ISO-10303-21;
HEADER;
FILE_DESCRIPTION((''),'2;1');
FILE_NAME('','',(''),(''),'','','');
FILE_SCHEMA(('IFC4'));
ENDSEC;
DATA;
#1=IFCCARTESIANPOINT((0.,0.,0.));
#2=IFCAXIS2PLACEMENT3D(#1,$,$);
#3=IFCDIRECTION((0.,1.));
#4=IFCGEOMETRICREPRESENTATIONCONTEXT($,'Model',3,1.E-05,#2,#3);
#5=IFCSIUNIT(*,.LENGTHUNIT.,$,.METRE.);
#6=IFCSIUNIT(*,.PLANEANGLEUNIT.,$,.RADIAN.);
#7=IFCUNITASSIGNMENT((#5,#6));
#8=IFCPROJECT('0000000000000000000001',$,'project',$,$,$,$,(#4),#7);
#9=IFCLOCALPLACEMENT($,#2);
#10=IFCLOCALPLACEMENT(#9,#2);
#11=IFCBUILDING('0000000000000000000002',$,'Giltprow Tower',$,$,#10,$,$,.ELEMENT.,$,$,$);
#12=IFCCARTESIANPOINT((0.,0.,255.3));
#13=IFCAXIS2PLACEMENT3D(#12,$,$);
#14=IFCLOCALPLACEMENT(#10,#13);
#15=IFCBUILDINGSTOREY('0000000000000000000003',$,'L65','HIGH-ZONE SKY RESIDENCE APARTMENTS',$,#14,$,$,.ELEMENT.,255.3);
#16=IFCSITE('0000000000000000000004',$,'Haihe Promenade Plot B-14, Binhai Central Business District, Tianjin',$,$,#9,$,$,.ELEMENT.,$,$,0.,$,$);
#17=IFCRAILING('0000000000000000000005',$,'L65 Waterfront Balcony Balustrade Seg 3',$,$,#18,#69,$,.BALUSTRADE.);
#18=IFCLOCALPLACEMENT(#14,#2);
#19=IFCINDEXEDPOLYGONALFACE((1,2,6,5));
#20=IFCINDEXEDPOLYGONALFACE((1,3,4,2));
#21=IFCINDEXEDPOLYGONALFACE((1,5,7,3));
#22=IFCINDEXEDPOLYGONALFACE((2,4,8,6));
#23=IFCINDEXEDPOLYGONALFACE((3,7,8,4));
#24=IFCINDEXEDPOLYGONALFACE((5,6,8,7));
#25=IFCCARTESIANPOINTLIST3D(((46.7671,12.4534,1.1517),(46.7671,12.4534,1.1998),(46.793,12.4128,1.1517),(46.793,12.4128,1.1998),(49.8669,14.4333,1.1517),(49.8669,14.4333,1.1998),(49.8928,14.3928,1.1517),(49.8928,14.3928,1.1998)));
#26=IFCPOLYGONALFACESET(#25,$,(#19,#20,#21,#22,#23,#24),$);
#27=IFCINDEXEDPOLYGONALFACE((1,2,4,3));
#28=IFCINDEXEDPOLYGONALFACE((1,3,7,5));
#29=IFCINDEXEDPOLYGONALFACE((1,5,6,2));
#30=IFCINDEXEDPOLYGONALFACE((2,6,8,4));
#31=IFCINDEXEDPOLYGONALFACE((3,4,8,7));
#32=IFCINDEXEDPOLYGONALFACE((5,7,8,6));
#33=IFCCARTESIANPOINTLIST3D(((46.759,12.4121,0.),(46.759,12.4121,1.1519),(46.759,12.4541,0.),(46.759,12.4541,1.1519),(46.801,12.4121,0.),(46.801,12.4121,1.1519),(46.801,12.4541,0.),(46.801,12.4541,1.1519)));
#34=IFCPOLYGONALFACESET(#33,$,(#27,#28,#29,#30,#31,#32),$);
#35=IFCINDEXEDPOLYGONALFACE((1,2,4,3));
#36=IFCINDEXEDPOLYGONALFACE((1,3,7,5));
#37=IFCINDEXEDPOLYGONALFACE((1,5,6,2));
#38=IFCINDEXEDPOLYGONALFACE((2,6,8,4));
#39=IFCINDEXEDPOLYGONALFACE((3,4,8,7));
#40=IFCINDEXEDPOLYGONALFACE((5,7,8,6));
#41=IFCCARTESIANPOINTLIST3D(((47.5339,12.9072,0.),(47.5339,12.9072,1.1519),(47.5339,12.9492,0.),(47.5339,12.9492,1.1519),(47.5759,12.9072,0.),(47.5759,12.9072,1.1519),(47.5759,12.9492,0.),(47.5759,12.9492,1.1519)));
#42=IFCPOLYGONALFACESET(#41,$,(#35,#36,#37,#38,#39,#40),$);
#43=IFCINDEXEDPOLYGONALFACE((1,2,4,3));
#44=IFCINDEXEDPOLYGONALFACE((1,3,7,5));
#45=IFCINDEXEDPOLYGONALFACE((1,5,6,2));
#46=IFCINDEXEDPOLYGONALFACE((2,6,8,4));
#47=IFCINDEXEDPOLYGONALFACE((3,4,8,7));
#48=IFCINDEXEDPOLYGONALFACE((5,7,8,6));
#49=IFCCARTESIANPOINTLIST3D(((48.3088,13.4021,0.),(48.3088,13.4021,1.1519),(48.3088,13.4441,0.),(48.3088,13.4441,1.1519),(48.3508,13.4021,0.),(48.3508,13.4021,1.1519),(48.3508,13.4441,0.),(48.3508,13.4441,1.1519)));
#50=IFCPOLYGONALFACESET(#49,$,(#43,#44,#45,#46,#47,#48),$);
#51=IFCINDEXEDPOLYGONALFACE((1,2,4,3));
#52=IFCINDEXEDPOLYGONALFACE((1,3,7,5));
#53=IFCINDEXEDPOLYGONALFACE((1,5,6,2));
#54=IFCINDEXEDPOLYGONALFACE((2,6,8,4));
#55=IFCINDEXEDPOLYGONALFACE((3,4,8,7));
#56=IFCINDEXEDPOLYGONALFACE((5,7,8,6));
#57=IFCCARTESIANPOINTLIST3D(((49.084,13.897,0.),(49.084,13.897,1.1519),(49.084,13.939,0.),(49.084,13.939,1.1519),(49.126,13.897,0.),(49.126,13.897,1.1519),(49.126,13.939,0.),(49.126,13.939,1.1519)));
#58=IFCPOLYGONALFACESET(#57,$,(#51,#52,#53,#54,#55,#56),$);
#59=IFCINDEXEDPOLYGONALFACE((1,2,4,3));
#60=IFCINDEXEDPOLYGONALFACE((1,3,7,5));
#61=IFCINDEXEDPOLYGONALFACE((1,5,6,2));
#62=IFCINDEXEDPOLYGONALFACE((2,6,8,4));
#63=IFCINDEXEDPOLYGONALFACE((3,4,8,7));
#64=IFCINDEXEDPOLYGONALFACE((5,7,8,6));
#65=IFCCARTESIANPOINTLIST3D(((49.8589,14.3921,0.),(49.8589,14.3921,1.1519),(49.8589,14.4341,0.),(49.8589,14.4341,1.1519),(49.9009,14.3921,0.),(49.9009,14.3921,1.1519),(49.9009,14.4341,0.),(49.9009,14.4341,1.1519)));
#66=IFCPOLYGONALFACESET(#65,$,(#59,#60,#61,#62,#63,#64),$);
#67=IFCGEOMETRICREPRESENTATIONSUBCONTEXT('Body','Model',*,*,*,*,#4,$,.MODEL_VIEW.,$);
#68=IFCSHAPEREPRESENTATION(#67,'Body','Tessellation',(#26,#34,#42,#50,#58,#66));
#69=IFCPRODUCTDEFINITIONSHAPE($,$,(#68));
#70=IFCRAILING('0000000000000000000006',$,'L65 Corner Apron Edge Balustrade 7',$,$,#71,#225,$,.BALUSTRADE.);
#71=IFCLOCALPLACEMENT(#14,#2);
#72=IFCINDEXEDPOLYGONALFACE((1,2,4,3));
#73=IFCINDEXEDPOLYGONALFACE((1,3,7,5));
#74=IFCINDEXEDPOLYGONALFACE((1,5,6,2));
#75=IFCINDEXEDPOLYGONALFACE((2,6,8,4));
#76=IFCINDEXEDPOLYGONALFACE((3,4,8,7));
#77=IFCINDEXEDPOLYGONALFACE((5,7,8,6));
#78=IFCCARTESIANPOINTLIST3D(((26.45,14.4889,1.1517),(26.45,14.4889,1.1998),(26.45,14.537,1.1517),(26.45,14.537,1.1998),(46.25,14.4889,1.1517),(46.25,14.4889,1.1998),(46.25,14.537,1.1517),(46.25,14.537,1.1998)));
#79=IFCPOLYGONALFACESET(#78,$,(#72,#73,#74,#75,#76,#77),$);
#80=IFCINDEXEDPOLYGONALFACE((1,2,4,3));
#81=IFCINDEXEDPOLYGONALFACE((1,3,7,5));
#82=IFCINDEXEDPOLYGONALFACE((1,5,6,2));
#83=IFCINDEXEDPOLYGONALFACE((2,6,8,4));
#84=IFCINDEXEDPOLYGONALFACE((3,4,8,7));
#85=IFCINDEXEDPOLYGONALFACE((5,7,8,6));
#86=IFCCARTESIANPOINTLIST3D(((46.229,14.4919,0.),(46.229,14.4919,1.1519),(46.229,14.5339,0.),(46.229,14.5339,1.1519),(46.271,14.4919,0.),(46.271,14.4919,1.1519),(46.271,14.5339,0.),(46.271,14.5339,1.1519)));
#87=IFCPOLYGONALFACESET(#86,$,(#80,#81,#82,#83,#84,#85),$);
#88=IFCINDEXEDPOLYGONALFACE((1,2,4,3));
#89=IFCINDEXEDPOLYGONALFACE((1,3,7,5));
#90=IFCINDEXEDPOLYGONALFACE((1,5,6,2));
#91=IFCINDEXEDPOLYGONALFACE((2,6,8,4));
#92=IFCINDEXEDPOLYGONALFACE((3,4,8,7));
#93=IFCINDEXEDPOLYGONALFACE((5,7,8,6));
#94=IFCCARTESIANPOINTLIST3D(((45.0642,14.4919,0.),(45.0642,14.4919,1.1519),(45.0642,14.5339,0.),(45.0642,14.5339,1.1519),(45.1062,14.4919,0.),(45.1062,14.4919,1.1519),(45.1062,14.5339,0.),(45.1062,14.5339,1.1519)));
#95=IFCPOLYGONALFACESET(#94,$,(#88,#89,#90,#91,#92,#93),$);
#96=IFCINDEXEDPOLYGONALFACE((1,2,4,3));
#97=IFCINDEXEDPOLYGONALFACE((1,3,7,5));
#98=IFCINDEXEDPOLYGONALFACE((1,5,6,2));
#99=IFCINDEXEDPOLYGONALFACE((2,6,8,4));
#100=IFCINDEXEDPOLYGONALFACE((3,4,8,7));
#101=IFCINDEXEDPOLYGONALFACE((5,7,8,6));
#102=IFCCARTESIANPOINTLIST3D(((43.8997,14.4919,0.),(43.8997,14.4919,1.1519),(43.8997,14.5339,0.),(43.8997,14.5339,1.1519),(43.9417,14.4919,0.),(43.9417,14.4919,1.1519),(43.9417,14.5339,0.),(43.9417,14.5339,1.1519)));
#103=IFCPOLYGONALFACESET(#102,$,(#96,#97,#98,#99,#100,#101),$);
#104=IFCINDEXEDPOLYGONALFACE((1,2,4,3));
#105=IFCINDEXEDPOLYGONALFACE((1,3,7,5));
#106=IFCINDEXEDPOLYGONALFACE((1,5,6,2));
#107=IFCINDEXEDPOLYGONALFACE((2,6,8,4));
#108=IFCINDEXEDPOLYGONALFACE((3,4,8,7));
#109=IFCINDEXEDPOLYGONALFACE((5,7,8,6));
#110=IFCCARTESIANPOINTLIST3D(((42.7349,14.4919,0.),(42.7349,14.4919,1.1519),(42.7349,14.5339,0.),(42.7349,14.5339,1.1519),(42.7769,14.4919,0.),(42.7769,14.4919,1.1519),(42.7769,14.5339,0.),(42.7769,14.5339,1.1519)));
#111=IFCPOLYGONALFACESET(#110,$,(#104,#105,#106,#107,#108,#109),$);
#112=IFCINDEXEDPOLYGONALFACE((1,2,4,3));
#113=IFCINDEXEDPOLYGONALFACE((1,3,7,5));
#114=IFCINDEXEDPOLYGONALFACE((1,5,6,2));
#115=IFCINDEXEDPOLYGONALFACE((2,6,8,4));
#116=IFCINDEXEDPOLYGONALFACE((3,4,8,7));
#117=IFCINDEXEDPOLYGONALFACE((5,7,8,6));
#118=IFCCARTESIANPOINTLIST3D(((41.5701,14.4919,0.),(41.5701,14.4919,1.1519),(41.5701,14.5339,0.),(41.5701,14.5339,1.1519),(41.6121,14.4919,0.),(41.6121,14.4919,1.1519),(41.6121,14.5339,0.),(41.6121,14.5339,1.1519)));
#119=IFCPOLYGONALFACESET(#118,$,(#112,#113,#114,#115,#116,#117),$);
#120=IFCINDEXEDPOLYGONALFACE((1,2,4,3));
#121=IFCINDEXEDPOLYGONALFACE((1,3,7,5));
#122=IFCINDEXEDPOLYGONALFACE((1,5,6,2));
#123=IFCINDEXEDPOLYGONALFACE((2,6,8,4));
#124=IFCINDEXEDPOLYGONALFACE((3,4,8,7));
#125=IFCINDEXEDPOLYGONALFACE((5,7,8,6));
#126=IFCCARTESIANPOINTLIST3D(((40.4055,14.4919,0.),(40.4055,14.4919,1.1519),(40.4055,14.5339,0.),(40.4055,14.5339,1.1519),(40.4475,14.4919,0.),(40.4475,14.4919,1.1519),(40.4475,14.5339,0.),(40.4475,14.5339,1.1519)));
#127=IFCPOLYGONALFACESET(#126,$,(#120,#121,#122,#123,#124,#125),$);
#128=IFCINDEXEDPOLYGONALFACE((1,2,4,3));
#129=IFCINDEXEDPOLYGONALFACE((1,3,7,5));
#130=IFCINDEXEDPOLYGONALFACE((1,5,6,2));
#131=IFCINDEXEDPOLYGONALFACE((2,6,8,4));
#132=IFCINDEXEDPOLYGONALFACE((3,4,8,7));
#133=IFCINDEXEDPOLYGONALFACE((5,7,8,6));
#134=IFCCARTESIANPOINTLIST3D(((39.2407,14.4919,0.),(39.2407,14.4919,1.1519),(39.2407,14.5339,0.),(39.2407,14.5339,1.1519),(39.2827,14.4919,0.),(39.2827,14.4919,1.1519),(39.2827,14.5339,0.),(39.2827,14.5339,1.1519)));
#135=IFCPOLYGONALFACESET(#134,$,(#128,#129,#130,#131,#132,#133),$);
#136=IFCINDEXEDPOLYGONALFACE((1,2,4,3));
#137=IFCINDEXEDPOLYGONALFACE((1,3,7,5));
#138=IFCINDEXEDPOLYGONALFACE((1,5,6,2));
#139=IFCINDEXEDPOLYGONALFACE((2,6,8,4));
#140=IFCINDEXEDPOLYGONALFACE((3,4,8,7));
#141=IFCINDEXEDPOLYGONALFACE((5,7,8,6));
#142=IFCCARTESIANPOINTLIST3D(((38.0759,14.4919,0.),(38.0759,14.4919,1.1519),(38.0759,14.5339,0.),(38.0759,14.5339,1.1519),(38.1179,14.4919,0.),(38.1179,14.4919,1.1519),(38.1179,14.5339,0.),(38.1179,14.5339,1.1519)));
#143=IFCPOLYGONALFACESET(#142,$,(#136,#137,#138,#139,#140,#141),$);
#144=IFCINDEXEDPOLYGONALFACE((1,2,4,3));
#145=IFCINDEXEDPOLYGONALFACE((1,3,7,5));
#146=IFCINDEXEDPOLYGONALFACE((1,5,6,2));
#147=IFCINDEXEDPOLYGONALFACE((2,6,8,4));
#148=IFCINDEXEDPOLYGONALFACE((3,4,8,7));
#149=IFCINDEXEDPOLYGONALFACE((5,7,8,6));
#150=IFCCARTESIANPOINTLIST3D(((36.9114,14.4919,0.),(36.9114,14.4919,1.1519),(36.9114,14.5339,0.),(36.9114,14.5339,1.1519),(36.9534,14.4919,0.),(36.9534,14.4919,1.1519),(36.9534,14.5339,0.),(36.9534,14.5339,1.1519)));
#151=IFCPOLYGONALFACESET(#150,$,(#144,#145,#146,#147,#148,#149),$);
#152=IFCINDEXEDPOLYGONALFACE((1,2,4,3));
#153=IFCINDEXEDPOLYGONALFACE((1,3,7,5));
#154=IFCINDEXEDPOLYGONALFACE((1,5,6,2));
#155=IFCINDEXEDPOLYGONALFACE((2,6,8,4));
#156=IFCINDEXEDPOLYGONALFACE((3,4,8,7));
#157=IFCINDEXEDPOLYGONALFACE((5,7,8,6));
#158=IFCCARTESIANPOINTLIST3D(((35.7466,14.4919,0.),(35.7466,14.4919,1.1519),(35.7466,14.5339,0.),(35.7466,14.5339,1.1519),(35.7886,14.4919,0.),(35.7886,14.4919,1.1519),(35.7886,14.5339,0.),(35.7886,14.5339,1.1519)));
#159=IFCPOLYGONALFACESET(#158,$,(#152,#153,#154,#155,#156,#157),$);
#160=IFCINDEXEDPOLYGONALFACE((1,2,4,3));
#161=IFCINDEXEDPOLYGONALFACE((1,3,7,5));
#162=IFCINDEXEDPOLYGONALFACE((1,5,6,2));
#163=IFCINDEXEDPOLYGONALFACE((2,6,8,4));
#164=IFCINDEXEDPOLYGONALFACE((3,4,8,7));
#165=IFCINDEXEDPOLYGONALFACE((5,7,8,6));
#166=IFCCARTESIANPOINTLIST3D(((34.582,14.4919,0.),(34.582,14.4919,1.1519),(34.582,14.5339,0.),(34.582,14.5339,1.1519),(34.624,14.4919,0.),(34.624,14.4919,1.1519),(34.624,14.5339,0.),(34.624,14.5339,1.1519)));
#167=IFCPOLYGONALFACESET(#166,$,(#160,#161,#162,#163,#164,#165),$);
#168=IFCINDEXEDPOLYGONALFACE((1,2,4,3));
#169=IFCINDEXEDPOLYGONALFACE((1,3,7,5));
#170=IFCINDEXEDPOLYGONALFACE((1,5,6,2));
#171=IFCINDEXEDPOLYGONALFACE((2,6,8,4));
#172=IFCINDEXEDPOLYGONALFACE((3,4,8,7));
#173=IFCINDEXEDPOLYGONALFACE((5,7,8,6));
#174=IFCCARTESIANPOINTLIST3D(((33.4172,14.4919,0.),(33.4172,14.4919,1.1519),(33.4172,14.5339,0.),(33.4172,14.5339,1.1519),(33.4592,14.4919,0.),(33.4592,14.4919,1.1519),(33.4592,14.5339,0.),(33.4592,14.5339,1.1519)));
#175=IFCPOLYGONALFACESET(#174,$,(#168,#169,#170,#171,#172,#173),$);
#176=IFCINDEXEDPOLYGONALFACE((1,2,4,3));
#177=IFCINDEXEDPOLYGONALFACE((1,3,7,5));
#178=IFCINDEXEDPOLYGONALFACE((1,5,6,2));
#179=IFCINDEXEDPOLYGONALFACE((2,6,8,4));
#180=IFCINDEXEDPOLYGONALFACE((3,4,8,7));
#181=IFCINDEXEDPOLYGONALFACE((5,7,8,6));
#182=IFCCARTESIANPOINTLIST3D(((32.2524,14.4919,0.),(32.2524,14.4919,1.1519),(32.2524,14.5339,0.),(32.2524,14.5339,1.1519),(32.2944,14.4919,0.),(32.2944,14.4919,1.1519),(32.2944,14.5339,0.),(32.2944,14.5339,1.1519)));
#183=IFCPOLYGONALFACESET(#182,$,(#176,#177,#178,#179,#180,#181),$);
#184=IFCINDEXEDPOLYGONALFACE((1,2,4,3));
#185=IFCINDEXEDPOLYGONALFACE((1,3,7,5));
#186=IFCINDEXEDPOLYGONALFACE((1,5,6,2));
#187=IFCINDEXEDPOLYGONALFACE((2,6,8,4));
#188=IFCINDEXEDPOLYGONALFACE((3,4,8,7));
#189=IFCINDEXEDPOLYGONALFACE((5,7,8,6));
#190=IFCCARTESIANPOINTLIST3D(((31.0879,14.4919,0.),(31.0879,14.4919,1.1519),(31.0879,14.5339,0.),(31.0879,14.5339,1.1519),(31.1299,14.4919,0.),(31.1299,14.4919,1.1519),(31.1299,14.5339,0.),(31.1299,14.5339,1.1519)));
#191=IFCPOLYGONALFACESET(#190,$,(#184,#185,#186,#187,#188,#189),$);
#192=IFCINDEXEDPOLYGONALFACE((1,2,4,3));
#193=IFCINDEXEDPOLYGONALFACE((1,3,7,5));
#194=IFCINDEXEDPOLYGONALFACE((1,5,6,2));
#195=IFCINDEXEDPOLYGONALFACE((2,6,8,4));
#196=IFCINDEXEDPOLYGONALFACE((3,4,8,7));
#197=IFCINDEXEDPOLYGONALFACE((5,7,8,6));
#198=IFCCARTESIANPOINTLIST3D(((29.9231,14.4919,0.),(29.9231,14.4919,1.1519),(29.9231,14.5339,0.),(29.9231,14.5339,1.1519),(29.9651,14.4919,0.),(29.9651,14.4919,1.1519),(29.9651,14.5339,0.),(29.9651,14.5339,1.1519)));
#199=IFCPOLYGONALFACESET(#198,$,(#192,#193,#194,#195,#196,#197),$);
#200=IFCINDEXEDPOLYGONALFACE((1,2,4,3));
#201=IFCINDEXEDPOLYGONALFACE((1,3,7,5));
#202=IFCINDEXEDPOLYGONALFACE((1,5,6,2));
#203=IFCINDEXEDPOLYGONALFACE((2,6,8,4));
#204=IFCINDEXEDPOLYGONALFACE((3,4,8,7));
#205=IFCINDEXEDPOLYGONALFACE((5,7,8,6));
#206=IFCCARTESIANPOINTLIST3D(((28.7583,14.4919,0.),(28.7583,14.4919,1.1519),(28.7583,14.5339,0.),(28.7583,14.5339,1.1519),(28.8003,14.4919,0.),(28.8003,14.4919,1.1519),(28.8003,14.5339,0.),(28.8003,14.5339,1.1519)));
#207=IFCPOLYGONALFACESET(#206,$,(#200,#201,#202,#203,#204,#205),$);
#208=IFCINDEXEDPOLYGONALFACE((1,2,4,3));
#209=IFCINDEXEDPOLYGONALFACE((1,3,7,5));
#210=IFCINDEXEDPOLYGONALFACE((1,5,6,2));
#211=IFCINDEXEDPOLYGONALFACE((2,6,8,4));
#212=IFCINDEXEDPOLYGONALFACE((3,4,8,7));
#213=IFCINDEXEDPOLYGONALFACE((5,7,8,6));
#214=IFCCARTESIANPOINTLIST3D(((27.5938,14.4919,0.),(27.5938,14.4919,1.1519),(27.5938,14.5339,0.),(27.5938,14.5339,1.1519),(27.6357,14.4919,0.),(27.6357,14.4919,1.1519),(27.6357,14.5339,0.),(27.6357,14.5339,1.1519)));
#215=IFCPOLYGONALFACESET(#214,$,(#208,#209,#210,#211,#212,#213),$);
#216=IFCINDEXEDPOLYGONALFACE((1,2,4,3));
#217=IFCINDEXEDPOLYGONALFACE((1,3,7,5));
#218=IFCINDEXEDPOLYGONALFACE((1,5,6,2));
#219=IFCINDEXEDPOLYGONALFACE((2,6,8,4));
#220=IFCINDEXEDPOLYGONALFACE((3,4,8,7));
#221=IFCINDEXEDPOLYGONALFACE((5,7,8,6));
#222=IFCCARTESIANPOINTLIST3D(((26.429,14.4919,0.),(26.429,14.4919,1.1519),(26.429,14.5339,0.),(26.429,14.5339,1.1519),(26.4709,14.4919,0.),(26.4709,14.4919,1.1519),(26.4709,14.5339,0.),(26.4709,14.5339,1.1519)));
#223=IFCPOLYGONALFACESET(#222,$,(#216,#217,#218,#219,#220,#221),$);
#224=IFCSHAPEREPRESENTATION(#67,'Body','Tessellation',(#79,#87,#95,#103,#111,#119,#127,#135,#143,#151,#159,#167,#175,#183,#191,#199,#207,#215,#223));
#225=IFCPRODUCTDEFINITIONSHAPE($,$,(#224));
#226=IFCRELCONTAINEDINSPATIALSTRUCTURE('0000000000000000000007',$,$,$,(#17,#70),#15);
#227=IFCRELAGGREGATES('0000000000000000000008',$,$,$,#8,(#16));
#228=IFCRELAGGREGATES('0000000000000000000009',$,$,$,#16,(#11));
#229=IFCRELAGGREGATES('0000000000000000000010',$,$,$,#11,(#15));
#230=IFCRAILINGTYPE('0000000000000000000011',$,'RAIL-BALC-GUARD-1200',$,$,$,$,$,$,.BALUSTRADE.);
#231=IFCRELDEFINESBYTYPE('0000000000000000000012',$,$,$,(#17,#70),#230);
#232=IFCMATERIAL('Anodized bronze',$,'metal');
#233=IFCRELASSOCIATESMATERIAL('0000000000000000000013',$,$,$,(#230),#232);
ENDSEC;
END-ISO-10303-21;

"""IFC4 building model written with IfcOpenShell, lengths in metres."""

from ifc_helpers import new_model, si_unit, direction, frame, origin, origin_2d, place, context, subcontext, project, spatial, rectangle, extrude, material, type_object, element, save


model = new_model("IFC4")

# Units and contexts
model_context = context("Model", 3, precision=1e-05, world=origin(), true_north=direction((0.0, 1.0)))
body_context = subcontext(model_context, "Body", "Model", "MODEL_VIEW")
ifc_project = project(units=[si_unit("LENGTHUNIT", "METRE"), si_unit("PLANEANGLEUNIT", "RADIAN")], contexts=[model_context])

# Site, building, storey
site_placement = place(None, origin())
site = spatial("IfcSite", under=ifc_project, at=site_placement, Name="Haihe Promenade Plot B-14, Binhai Central Business District, Tianjin", CompositionType="ELEMENT", RefElevation=0.0)
building_placement = place(site_placement, origin())
building = spatial("IfcBuilding", under=site, at=building_placement, Name="Giltprow Tower", CompositionType="ELEMENT")
storey_placement = place(building_placement, frame((0.0, 0.0, 255.3)))
storey = spatial("IfcBuildingStorey", under=building, at=storey_placement, Name="L65", Description="HIGH-ZONE SKY RESIDENCE APARTMENTS", CompositionType="ELEMENT", Elevation=255.3)

# Shared definitions
ifc_material_1 = material(Name="Anodized bronze", Category="metal")

# Railings
railing_type = type_object("IfcRailingType", Name="RAIL-BALC-GUARD-1200", PredefinedType="BALUSTRADE", material=ifc_material_1)
railing_1_placement = place(storey_placement, frame((46.78, 12.4331, 0.0)))
element("IfcRailing", 1, at=railing_1_placement, inside=storey, type_object=railing_type, Name="L65 Waterfront Balcony Balustrade Seg 3", PredefinedType="BALUSTRADE", context=body_context, shape_type="SweptSolid", body=[
    extrude(rectangle(XDim=0.0481, YDim=0.0481, at=origin_2d()), frame((0.0, 0.0, 1.1758), z_axis=(0.842756, 0.538296, 0.0), x_axis=(-0.538296, 0.842756, 0.0)), (0.0, 0.0, 1.0), 3.6782),
    extrude(rectangle(XDim=0.042, YDim=0.042, at=origin_2d()), origin(), (0.0, 0.0, 1.0), 1.1519),
    extrude(rectangle(XDim=0.042, YDim=0.042, at=origin_2d()), frame((0.7749, 0.4951, 0.0)), (0.0, 0.0, 1.0), 1.1519),
    extrude(rectangle(XDim=0.042, YDim=0.042, at=origin_2d()), frame((1.5498, 0.99, 0.0)), (0.0, 0.0, 1.0), 1.1519),
    extrude(rectangle(XDim=0.042, YDim=0.042, at=origin_2d()), frame((2.325, 1.4849, 0.0)), (0.0, 0.0, 1.0), 1.1519),
    extrude(rectangle(XDim=0.042, YDim=0.042, at=origin_2d()), frame((3.0999, 1.98, 0.0)), (0.0, 0.0, 1.0), 1.1519),
])
railing_2_placement = place(storey_placement, frame((46.25, 14.5129, 0.0)))
element("IfcRailing", 2, at=railing_2_placement, inside=storey, type_object=railing_type, Name="L65 Corner Apron Edge Balustrade 7", PredefinedType="BALUSTRADE", context=body_context, shape_type="SweptSolid", body=[
    extrude(rectangle(XDim=0.0481, YDim=0.0481, at=origin_2d()), frame((0.0, 0.0, 1.1758), z_axis=(-1.0, 0.0, 0.0), x_axis=(0.0, -1.0, 0.0)), (0.0, 0.0, 1.0), 19.8),
    extrude(rectangle(XDim=0.042, YDim=0.042, at=origin_2d()), origin(), (0.0, 0.0, 1.0), 1.1519),
    extrude(rectangle(XDim=0.042, YDim=0.042, at=origin_2d()), frame((-1.1648, 0.0, 0.0)), (0.0, 0.0, 1.0), 1.1519),
    extrude(rectangle(XDim=0.042, YDim=0.042, at=origin_2d()), frame((-2.3293, 0.0, 0.0)), (0.0, 0.0, 1.0), 1.1519),
    extrude(rectangle(XDim=0.042, YDim=0.042, at=origin_2d()), frame((-3.4941, 0.0, 0.0)), (0.0, 0.0, 1.0), 1.1519),
    extrude(rectangle(XDim=0.042, YDim=0.042, at=origin_2d()), frame((-4.6589, 0.0, 0.0)), (0.0, 0.0, 1.0), 1.1519),
    extrude(rectangle(XDim=0.042, YDim=0.042, at=origin_2d()), frame((-5.8235, 0.0, 0.0)), (0.0, 0.0, 1.0), 1.1519),
    extrude(rectangle(XDim=0.042, YDim=0.042, at=origin_2d()), frame((-6.9883, 0.0, 0.0)), (0.0, 0.0, 1.0), 1.1519),
    extrude(rectangle(XDim=0.042, YDim=0.042, at=origin_2d()), frame((-8.1531, 0.0, 0.0)), (0.0, 0.0, 1.0), 1.1519),
    extrude(rectangle(XDim=0.042, YDim=0.042, at=origin_2d()), frame((-9.3176, 0.0, 0.0)), (0.0, 0.0, 1.0), 1.1519),
    extrude(rectangle(XDim=0.042, YDim=0.042, at=origin_2d()), frame((-10.4824, 0.0, 0.0)), (0.0, 0.0, 1.0), 1.1519),
    extrude(rectangle(XDim=0.042, YDim=0.042, at=origin_2d()), frame((-11.647, 0.0, 0.0)), (0.0, 0.0, 1.0), 1.1519),
    extrude(rectangle(XDim=0.042, YDim=0.042, at=origin_2d()), frame((-12.8118, 0.0, 0.0)), (0.0, 0.0, 1.0), 1.1519),
    extrude(rectangle(XDim=0.042, YDim=0.042, at=origin_2d()), frame((-13.9766, 0.0, 0.0)), (0.0, 0.0, 1.0), 1.1519),
    extrude(rectangle(XDim=0.042, YDim=0.042, at=origin_2d()), frame((-15.1411, 0.0, 0.0)), (0.0, 0.0, 1.0), 1.1519),
    extrude(rectangle(XDim=0.042, YDim=0.042, at=origin_2d()), frame((-16.3059, 0.0, 0.0)), (0.0, 0.0, 1.0), 1.1519),
    extrude(rectangle(XDim=0.042, YDim=0.042, at=origin_2d()), frame((-17.4707, 0.0, 0.0)), (0.0, 0.0, 1.0), 1.1519),
    extrude(rectangle(XDim=0.042, YDim=0.042, at=origin_2d()), frame((-18.6353, 0.0, 0.0)), (0.0, 0.0, 1.0), 1.1519),
    extrude(rectangle(XDim=0.042, YDim=0.042, at=origin_2d()), frame((-19.8, 0.0, 0.0)), (0.0, 0.0, 1.0), 1.1519),
])

save(model, "model.ifc")
